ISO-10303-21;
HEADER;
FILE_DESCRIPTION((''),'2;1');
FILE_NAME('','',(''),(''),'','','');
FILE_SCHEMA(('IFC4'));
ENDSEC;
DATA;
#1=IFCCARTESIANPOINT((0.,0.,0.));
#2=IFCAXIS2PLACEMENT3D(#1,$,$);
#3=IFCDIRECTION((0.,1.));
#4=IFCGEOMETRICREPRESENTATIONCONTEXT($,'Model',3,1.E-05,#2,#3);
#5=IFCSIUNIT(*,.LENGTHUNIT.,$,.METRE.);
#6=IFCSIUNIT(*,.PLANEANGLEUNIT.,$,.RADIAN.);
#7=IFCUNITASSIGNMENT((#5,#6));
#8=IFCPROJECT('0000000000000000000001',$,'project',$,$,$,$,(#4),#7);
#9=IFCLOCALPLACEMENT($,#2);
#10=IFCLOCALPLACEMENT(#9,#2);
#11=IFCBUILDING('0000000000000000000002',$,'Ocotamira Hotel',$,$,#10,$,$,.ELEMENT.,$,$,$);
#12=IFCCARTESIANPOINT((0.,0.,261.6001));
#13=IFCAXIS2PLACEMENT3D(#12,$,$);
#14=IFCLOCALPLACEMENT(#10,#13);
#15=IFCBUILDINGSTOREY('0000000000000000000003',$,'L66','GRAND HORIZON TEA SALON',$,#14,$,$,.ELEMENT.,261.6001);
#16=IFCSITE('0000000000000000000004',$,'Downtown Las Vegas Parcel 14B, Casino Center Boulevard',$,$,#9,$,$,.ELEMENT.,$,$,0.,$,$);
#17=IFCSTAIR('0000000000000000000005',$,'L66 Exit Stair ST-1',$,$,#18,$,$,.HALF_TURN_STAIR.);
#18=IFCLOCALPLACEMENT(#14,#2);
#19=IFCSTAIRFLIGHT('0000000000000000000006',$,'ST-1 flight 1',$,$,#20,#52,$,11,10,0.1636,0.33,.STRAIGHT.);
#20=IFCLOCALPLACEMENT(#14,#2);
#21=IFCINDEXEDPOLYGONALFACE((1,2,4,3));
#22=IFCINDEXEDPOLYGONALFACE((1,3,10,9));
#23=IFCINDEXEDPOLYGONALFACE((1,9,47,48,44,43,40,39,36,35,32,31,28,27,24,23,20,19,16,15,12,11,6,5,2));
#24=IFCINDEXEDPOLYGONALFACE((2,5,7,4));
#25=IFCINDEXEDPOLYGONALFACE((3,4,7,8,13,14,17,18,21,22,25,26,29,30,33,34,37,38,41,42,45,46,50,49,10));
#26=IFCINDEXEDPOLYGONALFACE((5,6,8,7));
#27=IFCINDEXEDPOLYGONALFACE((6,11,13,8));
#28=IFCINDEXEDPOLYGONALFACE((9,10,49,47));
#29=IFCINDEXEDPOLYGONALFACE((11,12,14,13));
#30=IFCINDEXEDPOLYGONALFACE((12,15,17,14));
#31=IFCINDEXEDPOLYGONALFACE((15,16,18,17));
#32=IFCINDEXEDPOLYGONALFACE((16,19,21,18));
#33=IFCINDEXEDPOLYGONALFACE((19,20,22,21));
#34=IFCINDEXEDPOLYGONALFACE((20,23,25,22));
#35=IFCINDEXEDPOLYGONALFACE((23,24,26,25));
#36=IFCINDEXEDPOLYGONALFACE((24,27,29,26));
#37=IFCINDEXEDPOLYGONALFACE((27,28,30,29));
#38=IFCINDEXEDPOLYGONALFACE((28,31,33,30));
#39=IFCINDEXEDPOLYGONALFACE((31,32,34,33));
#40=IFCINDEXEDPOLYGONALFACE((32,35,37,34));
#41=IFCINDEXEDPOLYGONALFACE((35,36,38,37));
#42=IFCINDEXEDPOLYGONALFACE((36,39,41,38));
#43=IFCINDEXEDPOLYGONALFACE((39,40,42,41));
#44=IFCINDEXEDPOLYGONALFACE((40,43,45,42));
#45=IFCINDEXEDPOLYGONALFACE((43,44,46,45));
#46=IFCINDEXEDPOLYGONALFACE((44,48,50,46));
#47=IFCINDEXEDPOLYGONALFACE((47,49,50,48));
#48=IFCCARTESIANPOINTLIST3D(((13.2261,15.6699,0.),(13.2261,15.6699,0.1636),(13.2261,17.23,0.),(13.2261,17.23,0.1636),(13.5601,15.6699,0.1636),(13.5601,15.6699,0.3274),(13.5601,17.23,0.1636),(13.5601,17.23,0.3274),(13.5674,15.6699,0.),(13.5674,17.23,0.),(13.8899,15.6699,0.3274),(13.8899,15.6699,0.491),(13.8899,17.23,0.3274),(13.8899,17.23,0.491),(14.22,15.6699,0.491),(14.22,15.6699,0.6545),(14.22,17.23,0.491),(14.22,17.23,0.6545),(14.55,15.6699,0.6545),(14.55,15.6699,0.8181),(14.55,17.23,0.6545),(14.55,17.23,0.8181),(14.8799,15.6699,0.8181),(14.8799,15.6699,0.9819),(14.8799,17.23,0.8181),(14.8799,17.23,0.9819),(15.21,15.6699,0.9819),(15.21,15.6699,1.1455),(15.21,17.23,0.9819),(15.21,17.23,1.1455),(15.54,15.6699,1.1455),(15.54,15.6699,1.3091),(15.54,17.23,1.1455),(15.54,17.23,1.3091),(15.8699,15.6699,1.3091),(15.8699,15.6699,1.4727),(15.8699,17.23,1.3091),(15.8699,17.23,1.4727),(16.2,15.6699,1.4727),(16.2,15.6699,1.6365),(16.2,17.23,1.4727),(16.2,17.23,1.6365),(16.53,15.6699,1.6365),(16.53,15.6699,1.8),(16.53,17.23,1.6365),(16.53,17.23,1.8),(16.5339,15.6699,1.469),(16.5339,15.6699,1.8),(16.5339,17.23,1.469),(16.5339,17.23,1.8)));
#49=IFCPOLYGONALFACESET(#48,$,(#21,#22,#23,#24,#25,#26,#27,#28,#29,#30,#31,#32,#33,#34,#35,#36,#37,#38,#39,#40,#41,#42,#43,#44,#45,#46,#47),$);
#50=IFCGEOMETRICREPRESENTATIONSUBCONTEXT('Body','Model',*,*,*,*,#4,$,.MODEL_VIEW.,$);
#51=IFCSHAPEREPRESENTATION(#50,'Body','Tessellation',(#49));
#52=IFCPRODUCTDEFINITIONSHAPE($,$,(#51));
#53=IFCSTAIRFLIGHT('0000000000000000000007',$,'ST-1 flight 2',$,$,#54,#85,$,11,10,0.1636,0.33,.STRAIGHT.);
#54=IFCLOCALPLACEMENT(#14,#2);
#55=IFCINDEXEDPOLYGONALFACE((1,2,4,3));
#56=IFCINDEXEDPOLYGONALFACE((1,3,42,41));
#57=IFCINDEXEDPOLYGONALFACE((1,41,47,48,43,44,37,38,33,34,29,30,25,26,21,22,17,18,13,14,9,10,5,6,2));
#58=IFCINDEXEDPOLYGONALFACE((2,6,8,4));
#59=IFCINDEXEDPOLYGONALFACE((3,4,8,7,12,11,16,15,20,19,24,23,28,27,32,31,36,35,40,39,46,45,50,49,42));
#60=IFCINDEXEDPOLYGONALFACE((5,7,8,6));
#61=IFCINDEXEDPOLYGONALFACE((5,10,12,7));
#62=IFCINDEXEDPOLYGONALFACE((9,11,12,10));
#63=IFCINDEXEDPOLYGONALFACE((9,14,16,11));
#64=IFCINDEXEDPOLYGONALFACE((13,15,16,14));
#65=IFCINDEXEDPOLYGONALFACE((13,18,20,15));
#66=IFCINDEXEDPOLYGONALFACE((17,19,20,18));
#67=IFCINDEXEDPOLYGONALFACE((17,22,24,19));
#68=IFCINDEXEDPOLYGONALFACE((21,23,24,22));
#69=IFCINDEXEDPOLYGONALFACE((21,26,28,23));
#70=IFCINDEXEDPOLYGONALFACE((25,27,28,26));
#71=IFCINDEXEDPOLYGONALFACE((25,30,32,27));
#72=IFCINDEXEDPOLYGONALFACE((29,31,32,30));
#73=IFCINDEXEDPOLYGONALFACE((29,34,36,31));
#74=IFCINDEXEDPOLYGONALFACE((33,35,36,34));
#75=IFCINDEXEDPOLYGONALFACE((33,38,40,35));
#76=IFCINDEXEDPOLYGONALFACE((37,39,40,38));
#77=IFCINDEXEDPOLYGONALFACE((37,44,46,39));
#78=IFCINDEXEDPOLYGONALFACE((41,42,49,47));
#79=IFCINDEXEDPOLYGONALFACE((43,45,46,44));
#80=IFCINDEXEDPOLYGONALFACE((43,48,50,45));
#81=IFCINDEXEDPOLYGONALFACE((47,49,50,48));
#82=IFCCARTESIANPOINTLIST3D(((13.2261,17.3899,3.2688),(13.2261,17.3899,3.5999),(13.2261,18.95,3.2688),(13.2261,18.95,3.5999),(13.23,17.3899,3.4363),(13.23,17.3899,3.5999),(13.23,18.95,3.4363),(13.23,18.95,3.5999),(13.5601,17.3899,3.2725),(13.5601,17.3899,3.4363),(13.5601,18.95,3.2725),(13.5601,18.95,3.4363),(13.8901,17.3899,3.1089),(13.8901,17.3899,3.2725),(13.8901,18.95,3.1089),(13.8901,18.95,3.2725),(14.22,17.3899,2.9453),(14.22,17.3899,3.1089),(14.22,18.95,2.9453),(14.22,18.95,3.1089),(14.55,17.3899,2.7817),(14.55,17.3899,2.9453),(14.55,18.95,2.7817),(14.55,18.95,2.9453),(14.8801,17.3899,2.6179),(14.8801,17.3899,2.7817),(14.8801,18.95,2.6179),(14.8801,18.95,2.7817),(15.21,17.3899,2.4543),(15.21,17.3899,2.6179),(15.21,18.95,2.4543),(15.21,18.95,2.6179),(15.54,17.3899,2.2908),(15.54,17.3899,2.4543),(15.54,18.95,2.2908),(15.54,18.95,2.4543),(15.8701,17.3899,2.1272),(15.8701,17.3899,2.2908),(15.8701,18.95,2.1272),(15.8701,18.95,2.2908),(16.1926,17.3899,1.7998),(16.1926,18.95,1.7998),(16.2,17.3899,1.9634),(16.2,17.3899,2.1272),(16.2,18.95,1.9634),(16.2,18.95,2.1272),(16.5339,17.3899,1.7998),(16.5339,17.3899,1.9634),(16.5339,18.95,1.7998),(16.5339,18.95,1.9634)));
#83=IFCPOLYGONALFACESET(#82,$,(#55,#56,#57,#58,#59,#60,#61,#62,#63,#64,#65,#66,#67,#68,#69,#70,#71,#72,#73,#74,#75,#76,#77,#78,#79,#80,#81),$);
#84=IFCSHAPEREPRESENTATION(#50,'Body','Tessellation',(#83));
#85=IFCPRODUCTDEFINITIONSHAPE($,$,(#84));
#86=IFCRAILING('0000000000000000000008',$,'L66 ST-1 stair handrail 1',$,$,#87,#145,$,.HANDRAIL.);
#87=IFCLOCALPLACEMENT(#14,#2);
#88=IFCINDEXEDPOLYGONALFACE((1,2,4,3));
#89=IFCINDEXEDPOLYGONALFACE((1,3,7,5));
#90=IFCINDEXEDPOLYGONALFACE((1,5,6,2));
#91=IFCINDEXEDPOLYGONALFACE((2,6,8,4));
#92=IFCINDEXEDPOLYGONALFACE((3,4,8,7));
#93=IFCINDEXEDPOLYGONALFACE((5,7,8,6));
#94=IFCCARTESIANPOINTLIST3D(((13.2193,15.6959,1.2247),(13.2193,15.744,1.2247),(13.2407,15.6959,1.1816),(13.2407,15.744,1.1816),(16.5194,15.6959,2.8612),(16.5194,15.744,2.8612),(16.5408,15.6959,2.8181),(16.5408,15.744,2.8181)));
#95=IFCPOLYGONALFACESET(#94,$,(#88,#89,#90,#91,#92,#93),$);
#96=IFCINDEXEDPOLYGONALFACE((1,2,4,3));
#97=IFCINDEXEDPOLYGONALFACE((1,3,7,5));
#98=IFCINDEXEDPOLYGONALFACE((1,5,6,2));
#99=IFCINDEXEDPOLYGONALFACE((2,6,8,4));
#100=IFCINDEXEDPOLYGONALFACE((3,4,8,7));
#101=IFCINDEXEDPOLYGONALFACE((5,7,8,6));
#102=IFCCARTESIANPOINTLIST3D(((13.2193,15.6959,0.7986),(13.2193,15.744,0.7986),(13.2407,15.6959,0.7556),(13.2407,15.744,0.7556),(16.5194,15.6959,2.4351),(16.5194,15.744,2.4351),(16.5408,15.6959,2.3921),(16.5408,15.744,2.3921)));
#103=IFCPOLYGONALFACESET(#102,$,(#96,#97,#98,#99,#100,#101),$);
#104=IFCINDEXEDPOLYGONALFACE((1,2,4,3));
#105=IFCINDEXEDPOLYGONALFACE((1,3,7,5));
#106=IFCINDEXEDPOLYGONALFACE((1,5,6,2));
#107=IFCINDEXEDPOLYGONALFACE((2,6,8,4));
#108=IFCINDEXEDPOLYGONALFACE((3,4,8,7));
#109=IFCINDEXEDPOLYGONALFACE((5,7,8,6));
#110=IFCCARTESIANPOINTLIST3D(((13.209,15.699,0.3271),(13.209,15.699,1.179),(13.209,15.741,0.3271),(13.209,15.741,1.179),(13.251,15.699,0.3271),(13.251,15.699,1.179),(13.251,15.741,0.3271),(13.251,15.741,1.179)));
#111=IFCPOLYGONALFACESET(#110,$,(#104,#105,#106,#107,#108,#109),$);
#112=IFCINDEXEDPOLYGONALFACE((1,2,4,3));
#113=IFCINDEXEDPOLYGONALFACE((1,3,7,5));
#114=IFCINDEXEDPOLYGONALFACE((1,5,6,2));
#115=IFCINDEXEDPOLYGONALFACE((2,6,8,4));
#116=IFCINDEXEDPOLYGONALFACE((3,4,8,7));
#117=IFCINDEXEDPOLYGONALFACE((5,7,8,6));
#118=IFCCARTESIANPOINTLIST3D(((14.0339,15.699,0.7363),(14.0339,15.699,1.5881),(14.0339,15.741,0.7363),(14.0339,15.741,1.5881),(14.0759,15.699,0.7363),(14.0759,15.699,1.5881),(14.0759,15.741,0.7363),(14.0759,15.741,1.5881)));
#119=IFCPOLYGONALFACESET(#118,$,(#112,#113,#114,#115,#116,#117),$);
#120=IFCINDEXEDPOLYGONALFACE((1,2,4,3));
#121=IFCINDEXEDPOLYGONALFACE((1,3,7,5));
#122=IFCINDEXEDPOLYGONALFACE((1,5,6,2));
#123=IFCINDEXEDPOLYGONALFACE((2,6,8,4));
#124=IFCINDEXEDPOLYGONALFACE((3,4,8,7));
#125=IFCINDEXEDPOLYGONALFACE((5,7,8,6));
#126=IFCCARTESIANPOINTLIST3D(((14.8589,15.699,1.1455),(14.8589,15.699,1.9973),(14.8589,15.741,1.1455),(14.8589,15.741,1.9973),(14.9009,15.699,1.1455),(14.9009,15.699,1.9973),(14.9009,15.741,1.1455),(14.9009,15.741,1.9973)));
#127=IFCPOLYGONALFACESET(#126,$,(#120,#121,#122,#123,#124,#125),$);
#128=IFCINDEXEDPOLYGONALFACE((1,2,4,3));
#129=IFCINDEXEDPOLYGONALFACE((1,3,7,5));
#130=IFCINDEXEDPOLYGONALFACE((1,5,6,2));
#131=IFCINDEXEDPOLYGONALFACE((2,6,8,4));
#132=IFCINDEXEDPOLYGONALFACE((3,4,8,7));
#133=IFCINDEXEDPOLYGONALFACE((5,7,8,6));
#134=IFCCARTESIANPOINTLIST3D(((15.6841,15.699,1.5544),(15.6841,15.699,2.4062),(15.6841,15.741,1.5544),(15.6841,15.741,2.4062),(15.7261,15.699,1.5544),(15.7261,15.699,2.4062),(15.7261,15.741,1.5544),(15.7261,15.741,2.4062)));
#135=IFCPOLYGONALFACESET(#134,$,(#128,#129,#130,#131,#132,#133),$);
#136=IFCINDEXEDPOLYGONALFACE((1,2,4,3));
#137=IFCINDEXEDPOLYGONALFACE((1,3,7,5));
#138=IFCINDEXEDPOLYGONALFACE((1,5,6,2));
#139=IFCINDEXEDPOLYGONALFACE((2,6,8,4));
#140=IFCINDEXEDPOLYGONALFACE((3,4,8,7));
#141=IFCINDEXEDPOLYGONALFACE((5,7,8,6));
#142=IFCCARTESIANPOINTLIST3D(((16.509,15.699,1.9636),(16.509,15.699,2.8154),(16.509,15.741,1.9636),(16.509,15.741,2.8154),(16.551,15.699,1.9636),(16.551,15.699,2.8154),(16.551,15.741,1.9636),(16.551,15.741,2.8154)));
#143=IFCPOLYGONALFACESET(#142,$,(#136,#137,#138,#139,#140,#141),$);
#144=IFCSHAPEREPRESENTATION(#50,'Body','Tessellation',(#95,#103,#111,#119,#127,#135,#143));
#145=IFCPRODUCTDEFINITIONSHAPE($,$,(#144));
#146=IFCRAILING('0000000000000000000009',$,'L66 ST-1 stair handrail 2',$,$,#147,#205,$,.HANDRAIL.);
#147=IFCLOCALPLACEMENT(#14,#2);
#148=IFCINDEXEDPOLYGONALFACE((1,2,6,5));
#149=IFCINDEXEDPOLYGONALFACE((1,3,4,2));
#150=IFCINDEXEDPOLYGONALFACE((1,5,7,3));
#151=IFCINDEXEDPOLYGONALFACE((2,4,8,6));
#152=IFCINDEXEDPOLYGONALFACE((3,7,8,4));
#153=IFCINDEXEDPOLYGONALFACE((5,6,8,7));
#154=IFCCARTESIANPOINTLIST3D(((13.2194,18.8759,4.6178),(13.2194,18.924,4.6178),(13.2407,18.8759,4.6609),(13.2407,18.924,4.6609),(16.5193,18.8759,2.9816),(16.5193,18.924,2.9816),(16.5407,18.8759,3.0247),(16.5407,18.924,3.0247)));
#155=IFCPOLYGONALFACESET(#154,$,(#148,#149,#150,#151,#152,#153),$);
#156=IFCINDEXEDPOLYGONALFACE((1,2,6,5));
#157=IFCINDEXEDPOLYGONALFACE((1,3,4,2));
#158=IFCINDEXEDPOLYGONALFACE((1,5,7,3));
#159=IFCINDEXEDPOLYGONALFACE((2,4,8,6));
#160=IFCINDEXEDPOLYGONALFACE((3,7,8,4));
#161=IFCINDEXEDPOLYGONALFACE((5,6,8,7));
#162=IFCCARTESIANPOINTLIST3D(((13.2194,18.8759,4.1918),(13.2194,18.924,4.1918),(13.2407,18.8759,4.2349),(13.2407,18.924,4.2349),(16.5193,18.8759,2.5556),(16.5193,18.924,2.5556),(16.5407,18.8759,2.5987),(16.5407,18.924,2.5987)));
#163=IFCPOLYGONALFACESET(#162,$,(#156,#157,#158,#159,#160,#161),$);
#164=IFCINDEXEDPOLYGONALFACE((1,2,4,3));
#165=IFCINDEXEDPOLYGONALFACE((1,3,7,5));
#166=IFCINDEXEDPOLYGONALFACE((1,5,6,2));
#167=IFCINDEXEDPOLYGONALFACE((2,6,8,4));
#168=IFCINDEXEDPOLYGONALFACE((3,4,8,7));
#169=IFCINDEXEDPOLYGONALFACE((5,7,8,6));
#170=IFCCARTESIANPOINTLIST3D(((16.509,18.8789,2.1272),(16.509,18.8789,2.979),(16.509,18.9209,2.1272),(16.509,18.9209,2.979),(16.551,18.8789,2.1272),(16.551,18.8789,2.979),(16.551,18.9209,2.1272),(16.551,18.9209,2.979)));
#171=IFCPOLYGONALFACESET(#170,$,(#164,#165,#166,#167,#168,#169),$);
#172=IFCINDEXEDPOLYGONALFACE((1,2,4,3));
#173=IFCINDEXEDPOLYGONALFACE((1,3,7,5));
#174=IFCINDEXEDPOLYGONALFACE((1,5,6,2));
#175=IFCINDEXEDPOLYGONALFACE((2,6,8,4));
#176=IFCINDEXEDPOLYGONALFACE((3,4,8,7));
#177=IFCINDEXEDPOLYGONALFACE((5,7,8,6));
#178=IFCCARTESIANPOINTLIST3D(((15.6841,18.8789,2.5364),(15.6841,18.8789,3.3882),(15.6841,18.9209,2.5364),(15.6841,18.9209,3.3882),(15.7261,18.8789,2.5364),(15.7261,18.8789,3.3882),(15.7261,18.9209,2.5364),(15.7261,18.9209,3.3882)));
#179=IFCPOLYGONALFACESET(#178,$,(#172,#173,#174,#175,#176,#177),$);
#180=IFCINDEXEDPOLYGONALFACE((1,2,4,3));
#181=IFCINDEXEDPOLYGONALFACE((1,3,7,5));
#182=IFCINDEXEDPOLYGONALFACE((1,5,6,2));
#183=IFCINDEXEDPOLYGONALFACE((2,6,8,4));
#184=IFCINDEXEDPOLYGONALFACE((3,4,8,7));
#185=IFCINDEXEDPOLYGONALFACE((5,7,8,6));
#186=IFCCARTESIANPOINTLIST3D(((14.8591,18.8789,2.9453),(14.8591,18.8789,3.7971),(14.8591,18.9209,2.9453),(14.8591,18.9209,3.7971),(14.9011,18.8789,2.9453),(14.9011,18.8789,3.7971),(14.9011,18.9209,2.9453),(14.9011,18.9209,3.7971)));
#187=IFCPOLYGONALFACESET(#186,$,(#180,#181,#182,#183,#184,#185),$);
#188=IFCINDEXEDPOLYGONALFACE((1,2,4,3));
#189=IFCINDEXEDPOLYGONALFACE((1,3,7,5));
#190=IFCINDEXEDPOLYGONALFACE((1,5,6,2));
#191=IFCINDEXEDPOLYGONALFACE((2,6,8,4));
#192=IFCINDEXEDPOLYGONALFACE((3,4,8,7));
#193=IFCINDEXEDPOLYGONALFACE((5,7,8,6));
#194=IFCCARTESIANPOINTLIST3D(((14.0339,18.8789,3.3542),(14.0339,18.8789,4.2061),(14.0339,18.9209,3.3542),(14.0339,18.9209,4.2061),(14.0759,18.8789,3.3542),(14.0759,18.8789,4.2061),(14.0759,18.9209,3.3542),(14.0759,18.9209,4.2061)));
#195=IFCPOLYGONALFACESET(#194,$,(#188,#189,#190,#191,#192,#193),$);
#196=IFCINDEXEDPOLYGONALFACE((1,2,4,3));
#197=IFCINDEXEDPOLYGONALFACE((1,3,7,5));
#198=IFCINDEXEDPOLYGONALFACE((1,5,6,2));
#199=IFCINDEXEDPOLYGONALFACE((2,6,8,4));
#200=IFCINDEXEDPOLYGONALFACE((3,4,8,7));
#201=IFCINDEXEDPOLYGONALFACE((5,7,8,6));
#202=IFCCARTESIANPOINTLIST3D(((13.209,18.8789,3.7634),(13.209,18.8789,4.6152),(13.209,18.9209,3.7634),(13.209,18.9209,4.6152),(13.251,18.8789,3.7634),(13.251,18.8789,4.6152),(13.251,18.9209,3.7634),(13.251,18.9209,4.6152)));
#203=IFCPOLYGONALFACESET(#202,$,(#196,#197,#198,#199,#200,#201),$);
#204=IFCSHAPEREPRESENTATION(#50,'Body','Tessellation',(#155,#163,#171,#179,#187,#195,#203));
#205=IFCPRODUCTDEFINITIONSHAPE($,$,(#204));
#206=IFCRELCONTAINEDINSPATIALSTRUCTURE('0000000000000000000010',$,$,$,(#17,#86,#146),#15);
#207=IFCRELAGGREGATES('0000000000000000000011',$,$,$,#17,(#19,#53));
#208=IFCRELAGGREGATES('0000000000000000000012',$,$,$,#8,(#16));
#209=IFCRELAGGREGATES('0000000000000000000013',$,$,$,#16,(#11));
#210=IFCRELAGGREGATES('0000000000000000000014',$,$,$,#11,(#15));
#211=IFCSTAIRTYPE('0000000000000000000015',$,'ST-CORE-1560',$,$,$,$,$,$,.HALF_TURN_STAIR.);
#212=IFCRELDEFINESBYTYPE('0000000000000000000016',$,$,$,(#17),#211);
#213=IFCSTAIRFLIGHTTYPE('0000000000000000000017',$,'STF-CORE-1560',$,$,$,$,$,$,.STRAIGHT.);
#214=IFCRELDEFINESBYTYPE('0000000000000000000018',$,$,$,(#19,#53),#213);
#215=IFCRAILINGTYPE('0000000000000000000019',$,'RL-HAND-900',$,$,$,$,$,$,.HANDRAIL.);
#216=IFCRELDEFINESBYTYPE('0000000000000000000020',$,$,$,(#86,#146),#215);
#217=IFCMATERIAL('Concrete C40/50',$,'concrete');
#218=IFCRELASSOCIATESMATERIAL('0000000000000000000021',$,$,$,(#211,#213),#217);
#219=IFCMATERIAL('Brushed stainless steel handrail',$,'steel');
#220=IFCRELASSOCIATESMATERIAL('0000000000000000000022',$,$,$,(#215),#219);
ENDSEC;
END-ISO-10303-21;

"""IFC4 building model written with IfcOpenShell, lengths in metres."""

from ifc_helpers import new_model, si_unit, direction, frame, origin, origin_2d, place, context, subcontext, project, spatial, polyline, rectangle, outline, extrude, source, transform, mapped, material, type_object, element, aggregate, save


model = new_model("IFC4")

# Units and contexts
model_context = context("Model", 3, precision=1e-05, world=origin(), true_north=direction((0.0, 1.0)))
body_context = subcontext(model_context, "Body", "Model", "MODEL_VIEW")
ifc_project = project(units=[si_unit("LENGTHUNIT", "METRE"), si_unit("PLANEANGLEUNIT", "RADIAN")], contexts=[model_context])

# Site, building, storey
site_placement = place(None, origin())
site = spatial("IfcSite", under=ifc_project, at=site_placement, Name="Downtown Las Vegas Parcel 14B, Casino Center Boulevard", CompositionType="ELEMENT", RefElevation=0.0)
building_placement = place(site_placement, origin())
building = spatial("IfcBuilding", under=site, at=building_placement, Name="Ocotamira Hotel", CompositionType="ELEMENT")
storey_placement = place(building_placement, frame((0.0, 0.0, 261.6001)))
storey = spatial("IfcBuildingStorey", under=building, at=storey_placement, Name="L66", Description="GRAND HORIZON TEA SALON", CompositionType="ELEMENT", Elevation=261.6001)

# Stair, stair flights
ifc_material_1 = material(Name="Concrete C40/50", Category="concrete")
stair_type = type_object("IfcStairType", Name="ST-CORE-1560", PredefinedType="HALF_TURN_STAIR", material=ifc_material_1)
stair_placement = place(storey_placement, origin())
stair = element("IfcStair", 1, at=stair_placement, inside=storey, type_object=stair_type, Name="L66 Exit Stair ST-1", PredefinedType="HALF_TURN_STAIR")
stair_flight_type = type_object("IfcStairFlightType", Name="STF-CORE-1560", PredefinedType="STRAIGHT", material=ifc_material_1)
shared_shape_1 = source(origin(), body_context, "Body", "SweptSolid", [
    extrude(outline(polyline([(-0.0039, 0.0), (-0.0039, 0.1636), (0.3301, 0.1636), (0.3301, 0.3274), (0.6599, 0.3274), (0.6599, 0.491), (0.99, 0.491), (0.99, 0.6545), (1.3201, 0.6545), (1.3201, 0.8181), (1.6499, 0.8181), (1.6499, 0.9819), (1.98, 0.9819), (1.98, 1.1455), (2.3101, 1.1455), (2.3101, 1.3091), (2.6399, 1.3091), (2.6399, 1.4727), (2.97, 1.4727), (2.97, 1.6365), (3.3, 1.6365), (3.3, 1.8), (3.304, 1.8), (3.304, 1.469), (0.3374, 0.0), (-0.0039, 0.0)])), frame((0.0, 0.78, 0.0), z_axis=(0.0, -1.0, 0.0), x_axis=(1.0, 0.0, 0.0)), (0.0, 0.0, 1.0), 1.5601),
])
stair_flight_1_placement = place(storey_placement, frame((13.23, 16.45, 0.0), z_axis=(0.0, 0.0, 1.0), x_axis=(1.0, 0.0, 0.0)))
stair_flight_1 = element("IfcStairFlight", 2, at=stair_flight_1_placement, type_object=stair_flight_type, Name="ST-1 flight 1", NumberOfRisers=11, NumberOfTreads=10, PredefinedType="STRAIGHT", RiserHeight=0.1636, TreadLength=0.33, context=body_context, shape_type="MappedRepresentation", body=[
    mapped(shared_shape_1, transform((0.0, 0.0, 0.0), scale=1.0)),
])
stair_flight_2_placement = place(storey_placement, frame((16.53, 18.1699, 1.7998), z_axis=(0.0, 0.0, 1.0), x_axis=(-1.0, 0.0, 0.0)))
stair_flight_2 = element("IfcStairFlight", 3, at=stair_flight_2_placement, type_object=stair_flight_type, Name="ST-1 flight 2", NumberOfRisers=11, NumberOfTreads=10, PredefinedType="STRAIGHT", RiserHeight=0.1636, TreadLength=0.33, context=body_context, shape_type="MappedRepresentation", body=[
    mapped(shared_shape_1, transform((0.0, 0.0, 0.0), scale=1.0)),
])
aggregate(stair, [stair_flight_1, stair_flight_2])

# Railings
ifc_material_2 = material(Name="Brushed stainless steel handrail", Category="steel")
railing_type_1 = type_object("IfcRailingType", Name="RL-HAND-900", PredefinedType="HANDRAIL", material=ifc_material_2)
railing_1_placement = place(storey_placement, frame((13.23, 15.72, 0.3271)))
element("IfcRailing", 4, at=railing_1_placement, inside=storey, type_object=railing_type_1, Name="L66 ST-1 stair handrail 1", PredefinedType="HANDRAIL", context=body_context, shape_type="SweptSolid", body=[
    extrude(rectangle(XDim=0.0481, YDim=0.0481, at=origin_2d()), frame((0.0, 0.0, 0.876), z_axis=(0.895894, 0.0, 0.444268), x_axis=(0.0, 1.0, 0.0)), (0.0, 0.0, 1.0), 3.6836),
    extrude(rectangle(XDim=0.0481, YDim=0.0481, at=origin_2d()), frame((0.0, 0.0, 0.45), z_axis=(0.895894, 0.0, 0.444268), x_axis=(0.0, 1.0, 0.0)), (0.0, 0.0, 1.0), 3.6836),
    extrude(rectangle(XDim=0.042, YDim=0.042, at=origin_2d()), origin(), (0.0, 0.0, 1.0), 0.8518),
    extrude(rectangle(XDim=0.042, YDim=0.042, at=origin_2d()), frame((0.825, 0.0, 0.4092)), (0.0, 0.0, 1.0), 0.8518),
    extrude(rectangle(XDim=0.042, YDim=0.042, at=origin_2d()), frame((1.6499, 0.0, 0.8184)), (0.0, 0.0, 1.0), 0.8518),
    extrude(rectangle(XDim=0.042, YDim=0.042, at=origin_2d()), frame((2.4751, 0.0, 1.2273)), (0.0, 0.0, 1.0), 0.8518),
    extrude(rectangle(XDim=0.042, YDim=0.042, at=origin_2d()), frame((3.3, 0.0, 1.6365)), (0.0, 0.0, 1.0), 0.8518),
])
railing_2_placement = place(storey_placement, frame((16.53, 18.8999, 2.1272)))
element("IfcRailing", 5, at=railing_2_placement, inside=storey, type_object=railing_type_1, Name="L66 ST-1 stair handrail 2", PredefinedType="HANDRAIL", context=body_context, shape_type="SweptSolid", body=[
    extrude(rectangle(XDim=0.0481, YDim=0.0481, at=origin_2d()), frame((0.0, 0.0, 0.876), z_axis=(-0.89592, 0.0, 0.444215), x_axis=(0.0, -1.0, 0.0)), (0.0, 0.0, 1.0), 3.6833),
    extrude(rectangle(XDim=0.0481, YDim=0.0481, at=origin_2d()), frame((0.0, 0.0, 0.45), z_axis=(-0.89592, 0.0, 0.444215), x_axis=(0.0, -1.0, 0.0)), (0.0, 0.0, 1.0), 3.6833),
    extrude(rectangle(XDim=0.042, YDim=0.042, at=origin_2d()), origin(), (0.0, 0.0, 1.0), 0.8518),
    extrude(rectangle(XDim=0.042, YDim=0.042, at=origin_2d()), frame((-0.825, 0.0, 0.4092)), (0.0, 0.0, 1.0), 0.8518),
    extrude(rectangle(XDim=0.042, YDim=0.042, at=origin_2d()), frame((-1.6499, 0.0, 0.8181)), (0.0, 0.0, 1.0), 0.8518),
    extrude(rectangle(XDim=0.042, YDim=0.042, at=origin_2d()), frame((-2.4751, 0.0, 1.2271)), (0.0, 0.0, 1.0), 0.8518),
    extrude(rectangle(XDim=0.042, YDim=0.042, at=origin_2d()), frame((-3.3, 0.0, 1.6362)), (0.0, 0.0, 1.0), 0.8518),
])

save(model, "model.ifc")
